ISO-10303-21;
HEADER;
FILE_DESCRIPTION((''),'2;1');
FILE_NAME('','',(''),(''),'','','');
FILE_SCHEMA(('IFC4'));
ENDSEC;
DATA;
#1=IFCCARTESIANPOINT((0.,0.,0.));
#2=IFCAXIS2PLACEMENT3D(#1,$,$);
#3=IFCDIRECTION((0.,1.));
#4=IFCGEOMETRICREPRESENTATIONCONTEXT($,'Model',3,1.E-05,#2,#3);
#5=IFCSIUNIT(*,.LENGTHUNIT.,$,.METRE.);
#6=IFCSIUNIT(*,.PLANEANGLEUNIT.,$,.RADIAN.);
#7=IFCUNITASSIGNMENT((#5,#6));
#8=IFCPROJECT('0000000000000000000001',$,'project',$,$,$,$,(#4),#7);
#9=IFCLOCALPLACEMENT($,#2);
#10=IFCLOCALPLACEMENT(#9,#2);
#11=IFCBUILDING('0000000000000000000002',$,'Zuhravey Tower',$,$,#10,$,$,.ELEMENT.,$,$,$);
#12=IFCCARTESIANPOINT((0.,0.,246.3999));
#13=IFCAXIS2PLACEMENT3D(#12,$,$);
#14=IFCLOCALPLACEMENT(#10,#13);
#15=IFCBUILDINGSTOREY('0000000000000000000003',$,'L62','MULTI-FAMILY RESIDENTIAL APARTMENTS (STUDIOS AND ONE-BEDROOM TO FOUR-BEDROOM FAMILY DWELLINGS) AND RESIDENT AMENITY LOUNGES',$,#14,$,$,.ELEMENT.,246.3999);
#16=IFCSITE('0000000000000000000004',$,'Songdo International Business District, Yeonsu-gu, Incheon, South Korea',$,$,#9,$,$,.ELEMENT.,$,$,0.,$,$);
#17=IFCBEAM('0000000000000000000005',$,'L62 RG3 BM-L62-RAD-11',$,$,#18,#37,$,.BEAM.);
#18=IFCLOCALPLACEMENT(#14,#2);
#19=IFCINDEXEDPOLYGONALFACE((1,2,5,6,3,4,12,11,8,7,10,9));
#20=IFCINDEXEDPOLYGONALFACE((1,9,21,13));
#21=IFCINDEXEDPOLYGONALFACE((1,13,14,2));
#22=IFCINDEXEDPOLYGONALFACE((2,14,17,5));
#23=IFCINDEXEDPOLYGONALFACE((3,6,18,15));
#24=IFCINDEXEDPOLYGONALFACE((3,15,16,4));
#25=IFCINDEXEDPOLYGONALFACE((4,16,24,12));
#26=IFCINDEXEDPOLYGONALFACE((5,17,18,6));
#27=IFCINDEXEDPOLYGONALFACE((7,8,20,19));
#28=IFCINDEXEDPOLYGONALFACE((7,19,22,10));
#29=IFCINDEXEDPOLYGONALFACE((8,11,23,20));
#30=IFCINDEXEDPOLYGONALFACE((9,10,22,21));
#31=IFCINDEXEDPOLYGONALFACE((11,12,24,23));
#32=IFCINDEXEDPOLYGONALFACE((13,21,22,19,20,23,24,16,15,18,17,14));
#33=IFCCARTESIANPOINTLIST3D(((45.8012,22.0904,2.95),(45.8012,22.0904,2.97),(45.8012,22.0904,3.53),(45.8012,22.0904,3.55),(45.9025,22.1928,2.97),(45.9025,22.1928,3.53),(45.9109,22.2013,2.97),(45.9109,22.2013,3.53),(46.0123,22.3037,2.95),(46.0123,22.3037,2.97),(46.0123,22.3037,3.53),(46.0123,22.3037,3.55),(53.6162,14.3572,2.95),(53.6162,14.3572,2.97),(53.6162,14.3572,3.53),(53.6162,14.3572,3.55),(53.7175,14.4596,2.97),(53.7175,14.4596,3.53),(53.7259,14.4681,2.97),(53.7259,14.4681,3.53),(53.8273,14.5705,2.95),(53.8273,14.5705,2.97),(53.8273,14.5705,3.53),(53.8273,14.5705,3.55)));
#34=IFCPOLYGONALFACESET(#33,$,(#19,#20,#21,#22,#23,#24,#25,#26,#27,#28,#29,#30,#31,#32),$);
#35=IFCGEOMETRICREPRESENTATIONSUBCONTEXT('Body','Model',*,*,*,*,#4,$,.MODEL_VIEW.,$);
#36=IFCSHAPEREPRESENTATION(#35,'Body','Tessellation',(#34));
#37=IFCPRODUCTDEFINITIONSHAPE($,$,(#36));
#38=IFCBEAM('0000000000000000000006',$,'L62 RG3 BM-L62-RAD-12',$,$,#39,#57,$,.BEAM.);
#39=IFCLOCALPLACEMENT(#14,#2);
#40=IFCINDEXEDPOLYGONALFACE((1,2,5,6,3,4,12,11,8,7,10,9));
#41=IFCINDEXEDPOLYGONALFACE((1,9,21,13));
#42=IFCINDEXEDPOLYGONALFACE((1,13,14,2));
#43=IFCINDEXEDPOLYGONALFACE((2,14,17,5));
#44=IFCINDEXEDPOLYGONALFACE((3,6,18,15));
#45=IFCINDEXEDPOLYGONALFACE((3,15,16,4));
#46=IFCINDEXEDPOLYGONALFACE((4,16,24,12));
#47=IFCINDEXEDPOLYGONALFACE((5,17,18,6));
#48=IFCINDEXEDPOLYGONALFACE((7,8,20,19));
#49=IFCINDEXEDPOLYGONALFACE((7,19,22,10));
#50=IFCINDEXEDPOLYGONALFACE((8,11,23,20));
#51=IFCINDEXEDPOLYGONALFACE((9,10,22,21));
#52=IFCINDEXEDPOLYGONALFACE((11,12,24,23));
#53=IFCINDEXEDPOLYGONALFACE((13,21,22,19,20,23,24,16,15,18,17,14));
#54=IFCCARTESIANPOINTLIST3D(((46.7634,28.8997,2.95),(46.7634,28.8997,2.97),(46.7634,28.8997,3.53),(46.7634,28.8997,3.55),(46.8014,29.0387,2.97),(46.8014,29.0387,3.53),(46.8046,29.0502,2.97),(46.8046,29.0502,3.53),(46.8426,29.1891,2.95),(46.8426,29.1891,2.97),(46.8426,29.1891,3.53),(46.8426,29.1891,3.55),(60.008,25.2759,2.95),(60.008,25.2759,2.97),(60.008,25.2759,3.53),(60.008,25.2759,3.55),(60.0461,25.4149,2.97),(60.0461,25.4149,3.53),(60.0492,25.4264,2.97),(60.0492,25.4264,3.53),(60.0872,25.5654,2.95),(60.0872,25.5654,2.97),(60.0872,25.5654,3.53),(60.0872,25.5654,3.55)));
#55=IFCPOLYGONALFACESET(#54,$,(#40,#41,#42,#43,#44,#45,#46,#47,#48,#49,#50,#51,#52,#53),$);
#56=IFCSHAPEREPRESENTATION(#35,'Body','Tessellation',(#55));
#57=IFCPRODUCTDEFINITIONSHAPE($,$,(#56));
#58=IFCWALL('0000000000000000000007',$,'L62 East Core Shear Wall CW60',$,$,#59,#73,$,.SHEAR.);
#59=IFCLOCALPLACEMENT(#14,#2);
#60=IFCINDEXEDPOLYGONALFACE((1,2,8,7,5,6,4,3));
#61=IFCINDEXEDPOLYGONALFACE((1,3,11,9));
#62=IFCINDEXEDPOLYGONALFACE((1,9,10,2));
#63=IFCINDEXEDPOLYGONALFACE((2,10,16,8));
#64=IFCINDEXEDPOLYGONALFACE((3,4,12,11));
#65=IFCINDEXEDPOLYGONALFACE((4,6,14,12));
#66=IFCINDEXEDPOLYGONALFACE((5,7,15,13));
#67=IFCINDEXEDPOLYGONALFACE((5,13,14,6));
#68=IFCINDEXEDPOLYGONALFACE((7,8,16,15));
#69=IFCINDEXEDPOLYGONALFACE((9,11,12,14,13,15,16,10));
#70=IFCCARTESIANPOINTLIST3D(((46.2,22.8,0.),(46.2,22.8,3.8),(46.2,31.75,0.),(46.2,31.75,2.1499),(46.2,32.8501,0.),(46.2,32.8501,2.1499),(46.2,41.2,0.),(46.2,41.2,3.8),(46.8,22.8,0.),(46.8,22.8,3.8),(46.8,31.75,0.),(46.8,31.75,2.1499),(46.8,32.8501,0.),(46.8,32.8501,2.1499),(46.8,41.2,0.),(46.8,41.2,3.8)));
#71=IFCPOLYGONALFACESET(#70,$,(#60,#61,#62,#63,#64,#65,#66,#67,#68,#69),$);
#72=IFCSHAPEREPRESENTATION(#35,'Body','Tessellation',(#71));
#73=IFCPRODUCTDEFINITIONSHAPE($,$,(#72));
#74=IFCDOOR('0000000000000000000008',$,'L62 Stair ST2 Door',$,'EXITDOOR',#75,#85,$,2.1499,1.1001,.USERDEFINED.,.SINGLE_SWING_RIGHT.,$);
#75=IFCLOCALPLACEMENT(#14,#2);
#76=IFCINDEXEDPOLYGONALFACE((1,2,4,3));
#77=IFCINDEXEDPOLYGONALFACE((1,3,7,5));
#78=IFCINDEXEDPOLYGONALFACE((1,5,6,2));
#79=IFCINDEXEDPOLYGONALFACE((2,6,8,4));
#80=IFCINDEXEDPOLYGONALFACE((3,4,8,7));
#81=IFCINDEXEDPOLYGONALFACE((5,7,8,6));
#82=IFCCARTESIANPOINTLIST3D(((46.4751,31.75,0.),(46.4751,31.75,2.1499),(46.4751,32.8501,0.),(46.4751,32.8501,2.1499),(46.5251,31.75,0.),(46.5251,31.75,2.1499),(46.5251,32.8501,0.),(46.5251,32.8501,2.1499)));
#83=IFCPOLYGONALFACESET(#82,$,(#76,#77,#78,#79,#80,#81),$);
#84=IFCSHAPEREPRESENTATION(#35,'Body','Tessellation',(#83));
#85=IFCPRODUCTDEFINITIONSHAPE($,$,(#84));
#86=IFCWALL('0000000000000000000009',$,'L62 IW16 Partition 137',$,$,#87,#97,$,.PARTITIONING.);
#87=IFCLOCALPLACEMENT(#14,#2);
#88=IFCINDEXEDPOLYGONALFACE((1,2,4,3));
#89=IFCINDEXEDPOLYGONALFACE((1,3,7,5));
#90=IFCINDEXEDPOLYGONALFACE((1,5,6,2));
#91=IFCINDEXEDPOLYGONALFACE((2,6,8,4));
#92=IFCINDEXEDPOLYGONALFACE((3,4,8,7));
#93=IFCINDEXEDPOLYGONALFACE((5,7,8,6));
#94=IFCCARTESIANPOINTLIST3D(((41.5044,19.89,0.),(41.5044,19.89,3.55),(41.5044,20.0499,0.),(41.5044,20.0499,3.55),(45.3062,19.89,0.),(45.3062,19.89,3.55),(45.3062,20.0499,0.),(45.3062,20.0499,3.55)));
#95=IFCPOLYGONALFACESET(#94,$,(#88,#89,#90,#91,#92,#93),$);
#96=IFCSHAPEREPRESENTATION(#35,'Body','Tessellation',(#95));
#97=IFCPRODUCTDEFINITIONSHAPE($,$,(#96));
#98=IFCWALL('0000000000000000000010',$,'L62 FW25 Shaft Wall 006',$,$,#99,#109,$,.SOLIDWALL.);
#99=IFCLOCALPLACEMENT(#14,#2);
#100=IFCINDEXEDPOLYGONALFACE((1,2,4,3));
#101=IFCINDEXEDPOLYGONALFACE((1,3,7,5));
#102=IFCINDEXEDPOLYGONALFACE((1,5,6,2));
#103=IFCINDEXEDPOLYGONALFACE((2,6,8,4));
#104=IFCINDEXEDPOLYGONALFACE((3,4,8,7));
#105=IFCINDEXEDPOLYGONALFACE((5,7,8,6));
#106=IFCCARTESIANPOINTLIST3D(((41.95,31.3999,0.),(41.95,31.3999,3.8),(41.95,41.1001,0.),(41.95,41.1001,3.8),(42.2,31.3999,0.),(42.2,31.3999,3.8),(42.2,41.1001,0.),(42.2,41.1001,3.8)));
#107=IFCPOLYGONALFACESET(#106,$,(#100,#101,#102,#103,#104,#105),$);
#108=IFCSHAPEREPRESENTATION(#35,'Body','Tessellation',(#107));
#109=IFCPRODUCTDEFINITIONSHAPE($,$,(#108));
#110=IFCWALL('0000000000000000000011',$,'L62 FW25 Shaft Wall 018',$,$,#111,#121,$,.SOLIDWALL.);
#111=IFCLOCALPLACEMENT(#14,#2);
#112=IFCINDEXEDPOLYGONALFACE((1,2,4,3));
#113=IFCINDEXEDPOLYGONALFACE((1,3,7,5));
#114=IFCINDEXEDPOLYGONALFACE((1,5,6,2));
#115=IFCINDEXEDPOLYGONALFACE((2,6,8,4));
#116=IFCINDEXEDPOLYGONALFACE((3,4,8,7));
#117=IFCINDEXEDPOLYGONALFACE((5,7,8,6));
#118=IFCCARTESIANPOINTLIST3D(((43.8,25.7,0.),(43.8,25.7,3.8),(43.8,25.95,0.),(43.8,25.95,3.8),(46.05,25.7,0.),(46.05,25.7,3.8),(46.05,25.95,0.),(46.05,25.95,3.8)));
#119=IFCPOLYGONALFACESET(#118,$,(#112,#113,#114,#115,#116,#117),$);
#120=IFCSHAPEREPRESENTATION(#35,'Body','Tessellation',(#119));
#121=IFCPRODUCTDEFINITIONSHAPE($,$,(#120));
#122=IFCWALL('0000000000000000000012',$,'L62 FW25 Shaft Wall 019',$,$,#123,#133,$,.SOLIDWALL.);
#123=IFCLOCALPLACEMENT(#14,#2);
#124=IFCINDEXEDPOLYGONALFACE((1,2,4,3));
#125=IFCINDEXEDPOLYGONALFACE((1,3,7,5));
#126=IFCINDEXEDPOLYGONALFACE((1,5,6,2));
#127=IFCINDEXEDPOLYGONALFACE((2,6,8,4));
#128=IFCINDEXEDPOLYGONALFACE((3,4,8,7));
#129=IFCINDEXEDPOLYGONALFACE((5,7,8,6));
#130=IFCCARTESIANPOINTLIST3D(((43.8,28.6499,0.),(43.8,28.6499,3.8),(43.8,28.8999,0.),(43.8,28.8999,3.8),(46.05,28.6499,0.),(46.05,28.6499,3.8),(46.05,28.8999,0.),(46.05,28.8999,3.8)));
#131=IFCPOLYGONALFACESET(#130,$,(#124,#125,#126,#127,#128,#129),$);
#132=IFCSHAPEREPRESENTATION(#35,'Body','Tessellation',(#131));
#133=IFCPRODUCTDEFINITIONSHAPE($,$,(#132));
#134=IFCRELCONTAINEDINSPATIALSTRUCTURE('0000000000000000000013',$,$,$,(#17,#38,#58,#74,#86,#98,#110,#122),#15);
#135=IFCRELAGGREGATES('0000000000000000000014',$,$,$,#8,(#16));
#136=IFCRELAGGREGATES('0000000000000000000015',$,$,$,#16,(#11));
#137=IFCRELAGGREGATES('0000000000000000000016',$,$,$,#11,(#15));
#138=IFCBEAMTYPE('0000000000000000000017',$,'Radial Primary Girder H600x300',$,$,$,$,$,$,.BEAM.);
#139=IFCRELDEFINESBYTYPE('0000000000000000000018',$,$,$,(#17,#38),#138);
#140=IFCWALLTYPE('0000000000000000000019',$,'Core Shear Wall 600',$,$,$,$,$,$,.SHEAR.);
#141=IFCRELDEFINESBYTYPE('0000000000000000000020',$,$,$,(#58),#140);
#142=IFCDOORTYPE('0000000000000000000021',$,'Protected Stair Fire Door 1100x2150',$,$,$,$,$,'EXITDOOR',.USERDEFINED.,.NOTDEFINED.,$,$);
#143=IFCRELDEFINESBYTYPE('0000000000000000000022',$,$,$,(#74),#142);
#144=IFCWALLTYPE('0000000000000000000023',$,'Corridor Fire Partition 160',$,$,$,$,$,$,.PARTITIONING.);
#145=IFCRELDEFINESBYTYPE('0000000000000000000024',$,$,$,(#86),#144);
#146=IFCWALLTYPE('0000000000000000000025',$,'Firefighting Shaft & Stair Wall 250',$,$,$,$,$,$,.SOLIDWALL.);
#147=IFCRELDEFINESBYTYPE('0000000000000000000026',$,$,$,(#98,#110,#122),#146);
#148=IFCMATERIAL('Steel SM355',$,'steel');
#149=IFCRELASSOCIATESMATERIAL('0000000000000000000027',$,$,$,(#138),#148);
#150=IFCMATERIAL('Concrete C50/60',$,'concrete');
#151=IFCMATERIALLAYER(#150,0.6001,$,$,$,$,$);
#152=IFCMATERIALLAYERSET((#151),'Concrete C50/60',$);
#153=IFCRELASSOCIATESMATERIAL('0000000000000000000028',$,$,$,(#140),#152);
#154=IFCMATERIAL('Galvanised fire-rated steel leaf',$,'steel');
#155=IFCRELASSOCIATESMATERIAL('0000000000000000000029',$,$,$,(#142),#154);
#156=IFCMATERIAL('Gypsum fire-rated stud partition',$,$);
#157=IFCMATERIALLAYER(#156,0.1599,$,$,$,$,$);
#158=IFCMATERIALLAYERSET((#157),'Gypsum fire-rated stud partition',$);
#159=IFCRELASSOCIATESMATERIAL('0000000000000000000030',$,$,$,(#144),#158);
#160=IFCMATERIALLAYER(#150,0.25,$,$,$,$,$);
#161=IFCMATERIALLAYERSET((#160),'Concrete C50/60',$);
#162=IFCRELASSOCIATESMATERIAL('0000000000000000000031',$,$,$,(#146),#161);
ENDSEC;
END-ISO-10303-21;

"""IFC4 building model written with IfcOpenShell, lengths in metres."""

from ifc_helpers import new_model, si_unit, direction, frame, frame_2d, origin, origin_2d, place, context, subcontext, project, spatial, rectangle, i_section, extrude, material, layer, layer_set, material_profile, profile_set, type_object, element, fill, save


model = new_model("IFC4")

# Units and contexts
model_context = context("Model", 3, precision=1e-05, world=origin(), true_north=direction((0.0, 1.0)))
body_context = subcontext(model_context, "Body", "Model", "MODEL_VIEW")
ifc_project = project(units=[si_unit("LENGTHUNIT", "METRE"), si_unit("PLANEANGLEUNIT", "RADIAN")], contexts=[model_context])

# Site, building, storey
site_placement = place(None, origin())
site = spatial("IfcSite", under=ifc_project, at=site_placement, Name="Songdo International Business District, Yeonsu-gu, Incheon, South Korea", CompositionType="ELEMENT", RefElevation=0.0)
building_placement = place(site_placement, origin())
building = spatial("IfcBuilding", under=site, at=building_placement, Name="Zuhravey Tower", CompositionType="ELEMENT")
storey_placement = place(building_placement, frame((0.0, 0.0, 246.3999)))
storey = spatial("IfcBuildingStorey", under=building, at=storey_placement, Name="L62", Description="MULTI-FAMILY RESIDENTIAL APARTMENTS (STUDIOS AND ONE-BEDROOM TO FOUR-BEDROOM FAMILY DWELLINGS) AND RESIDENT AMENITY LOUNGES", CompositionType="ELEMENT", Elevation=246.3999)

# Beams
ifc_material_1 = material(Name="Steel SM355", Category="steel")
ifc_material_profile = material_profile(ifc_material_1, i_section(OverallWidth=0.3, OverallDepth=0.6001, WebThickness=0.012, FlangeThickness=0.02, at=origin_2d()), Name="H-600x300x12x20")
ifc_profile_set = profile_set([ifc_material_profile], Name="Steel SM355")
beam_type = type_object("IfcBeamType", Name="Radial Primary Girder H600x300", PredefinedType="BEAM", material=ifc_profile_set)
beam_1_placement = place(storey_placement, frame((45.9067, 22.197, 3.25), z_axis=(0.710817, -0.703377, 0.0), x_axis=(0.703377, 0.710817, 0.0)))
element("IfcBeam", 1, at=beam_1_placement, inside=storey, type_object=beam_type, Name="L62 RG3 BM-L62-RAD-11", PredefinedType="BEAM", context=body_context, shape_type="SweptSolid", body=[
    extrude(i_section(OverallWidth=0.3, OverallDepth=0.6001, WebThickness=0.012, FlangeThickness=0.02, at=origin_2d()), origin(), (0.0, 0.0, 1.0), 10.9944),
])
beam_2_placement = place(storey_placement, frame((46.803, 29.0444, 3.25), z_axis=(0.964549, -0.263904, 0.0), x_axis=(0.263904, 0.964549, 0.0)))
element("IfcBeam", 2, at=beam_2_placement, inside=storey, type_object=beam_type, Name="L62 RG3 BM-L62-RAD-12", PredefinedType="BEAM", context=body_context, shape_type="SweptSolid", body=[
    extrude(i_section(OverallWidth=0.3, OverallDepth=0.6001, WebThickness=0.012, FlangeThickness=0.02, at=origin_2d()), origin(), (0.0, 0.0, 1.0), 13.7314),
])

# Wall, opening, door
ifc_material_2 = material(Name="Concrete C50/60", Category="concrete")
ifc_layer_1 = layer(ifc_material_2, 0.6001)
ifc_layer_set_1 = layer_set([ifc_layer_1], Name="Concrete C50/60")
wall_type_1 = type_object("IfcWallType", Name="Core Shear Wall 600", PredefinedType="SHEAR", material=ifc_layer_set_1)
wall_1_placement = place(storey_placement, frame((46.5, 22.8, 0.0), z_axis=(0.0, 0.0, 1.0), x_axis=(0.0, 1.0, 0.0)))
wall_1 = element("IfcWall", 3, at=wall_1_placement, inside=storey, type_object=wall_type_1, Name="L62 East Core Shear Wall CW60", PredefinedType="SHEAR", context=body_context, shape_type="SweptSolid", body=[
    extrude(rectangle(XDim=18.3999, YDim=0.6001, at=frame_2d((9.2, 0.0))), origin(), (0.0, 0.0, 1.0), 3.8),
])
opening_1_placement = place(wall_1_placement, frame((8.95, 0.0, 0.0)))
opening_1 = element("IfcOpeningElement", 4, at=opening_1_placement, cuts=wall_1, PredefinedType="OPENING", context=body_context, shape_type="SweptSolid", body=[
    extrude(rectangle(XDim=1.1001, YDim=2.1499, at=frame_2d((0.55, 1.075))), frame((0.0, 0.312, 0.0), z_axis=(0.0, -1.0, 0.0), x_axis=(1.0, 0.0, 0.0)), (0.0, 0.0, 1.0), 0.624),
])
ifc_material_3 = material(Name="Galvanised fire-rated steel leaf", Category="steel")
door_type_1 = type_object("IfcDoorType", Name="Protected Stair Fire Door 1100x2150", ElementType="EXITDOOR", OperationType="NOTDEFINED", PredefinedType="USERDEFINED", material=ifc_material_3)
door_1_placement = place(opening_1_placement, origin())
door_1 = element("IfcDoor", 5, at=door_1_placement, inside=storey, type_object=door_type_1, Name="L62 Stair ST2 Door", ObjectType="EXITDOOR", OperationType="SINGLE_SWING_RIGHT", OverallHeight=2.1499, OverallWidth=1.1001, PredefinedType="USERDEFINED", context=body_context, shape_type="SweptSolid", body=[
    extrude(rectangle(XDim=1.1001, YDim=2.1499, at=frame_2d((0.55, 1.075))), frame((0.0, 0.0249, 0.0), z_axis=(0.0, -1.0, 0.0), x_axis=(1.0, 0.0, 0.0)), (0.0, 0.0, 1.0), 0.05),
])
fill(opening_1, door_1)
ifc_material_4 = material(Name="Gypsum fire-rated stud partition")
ifc_layer_2 = layer(ifc_material_4, 0.1599)
ifc_layer_set_2 = layer_set([ifc_layer_2], Name="Gypsum fire-rated stud partition")
wall_type_2 = type_object("IfcWallType", Name="Corridor Fire Partition 160", PredefinedType="PARTITIONING", material=ifc_layer_set_2)

# Walls
wall_2_placement = place(storey_placement, frame((41.5044, 19.97, 0.0), z_axis=(0.0, 0.0, 1.0), x_axis=(1.0, 0.0, 0.0)))
element("IfcWall", 6, at=wall_2_placement, inside=storey, type_object=wall_type_2, Name="L62 IW16 Partition 137", PredefinedType="PARTITIONING", context=body_context, shape_type="SweptSolid", body=[
    extrude(rectangle(XDim=3.8018, YDim=0.1599, at=frame_2d((1.9009, 0.0))), origin(), (0.0, 0.0, 1.0), 3.55),
])
ifc_layer_3 = layer(ifc_material_2, 0.25)
ifc_layer_set_3 = layer_set([ifc_layer_3], Name="Concrete C50/60")
wall_type_3 = type_object("IfcWallType", Name="Firefighting Shaft & Stair Wall 250", PredefinedType="SOLIDWALL", material=ifc_layer_set_3)
wall_3_placement = place(storey_placement, frame((42.075, 31.3999, 0.0), z_axis=(0.0, 0.0, 1.0), x_axis=(0.0, 1.0, 0.0)))
element("IfcWall", 7, at=wall_3_placement, inside=storey, type_object=wall_type_3, Name="L62 FW25 Shaft Wall 006", PredefinedType="SOLIDWALL", context=body_context, shape_type="SweptSolid", body=[
    extrude(rectangle(XDim=9.7002, YDim=0.25, at=frame_2d((4.8501, 0.0))), origin(), (0.0, 0.0, 1.0), 3.8),
])
for number, where, z_axis, x_axis, name in (
    (8, (43.8, 25.825, 0.0), (0.0, 0.0, 1.0), (1.0, 0.0, 0.0), "L62 FW25 Shaft Wall 018"),
    (9, (43.8, 28.7749, 0.0), (0.0, 0.0, 1.0), (1.0, 0.0, 0.0), "L62 FW25 Shaft Wall 019"),
):
    element("IfcWall", number, at=place(storey_placement, frame(where, z_axis=z_axis, x_axis=x_axis)), inside=storey, type_object=wall_type_3, Name=name, PredefinedType="SOLIDWALL", context=body_context, shape_type="SweptSolid", body=[
        extrude(rectangle(XDim=2.25, YDim=0.25, at=frame_2d((1.125, 0.0))), origin(), (0.0, 0.0, 1.0), 3.8),
    ])

save(model, "model.ifc")
